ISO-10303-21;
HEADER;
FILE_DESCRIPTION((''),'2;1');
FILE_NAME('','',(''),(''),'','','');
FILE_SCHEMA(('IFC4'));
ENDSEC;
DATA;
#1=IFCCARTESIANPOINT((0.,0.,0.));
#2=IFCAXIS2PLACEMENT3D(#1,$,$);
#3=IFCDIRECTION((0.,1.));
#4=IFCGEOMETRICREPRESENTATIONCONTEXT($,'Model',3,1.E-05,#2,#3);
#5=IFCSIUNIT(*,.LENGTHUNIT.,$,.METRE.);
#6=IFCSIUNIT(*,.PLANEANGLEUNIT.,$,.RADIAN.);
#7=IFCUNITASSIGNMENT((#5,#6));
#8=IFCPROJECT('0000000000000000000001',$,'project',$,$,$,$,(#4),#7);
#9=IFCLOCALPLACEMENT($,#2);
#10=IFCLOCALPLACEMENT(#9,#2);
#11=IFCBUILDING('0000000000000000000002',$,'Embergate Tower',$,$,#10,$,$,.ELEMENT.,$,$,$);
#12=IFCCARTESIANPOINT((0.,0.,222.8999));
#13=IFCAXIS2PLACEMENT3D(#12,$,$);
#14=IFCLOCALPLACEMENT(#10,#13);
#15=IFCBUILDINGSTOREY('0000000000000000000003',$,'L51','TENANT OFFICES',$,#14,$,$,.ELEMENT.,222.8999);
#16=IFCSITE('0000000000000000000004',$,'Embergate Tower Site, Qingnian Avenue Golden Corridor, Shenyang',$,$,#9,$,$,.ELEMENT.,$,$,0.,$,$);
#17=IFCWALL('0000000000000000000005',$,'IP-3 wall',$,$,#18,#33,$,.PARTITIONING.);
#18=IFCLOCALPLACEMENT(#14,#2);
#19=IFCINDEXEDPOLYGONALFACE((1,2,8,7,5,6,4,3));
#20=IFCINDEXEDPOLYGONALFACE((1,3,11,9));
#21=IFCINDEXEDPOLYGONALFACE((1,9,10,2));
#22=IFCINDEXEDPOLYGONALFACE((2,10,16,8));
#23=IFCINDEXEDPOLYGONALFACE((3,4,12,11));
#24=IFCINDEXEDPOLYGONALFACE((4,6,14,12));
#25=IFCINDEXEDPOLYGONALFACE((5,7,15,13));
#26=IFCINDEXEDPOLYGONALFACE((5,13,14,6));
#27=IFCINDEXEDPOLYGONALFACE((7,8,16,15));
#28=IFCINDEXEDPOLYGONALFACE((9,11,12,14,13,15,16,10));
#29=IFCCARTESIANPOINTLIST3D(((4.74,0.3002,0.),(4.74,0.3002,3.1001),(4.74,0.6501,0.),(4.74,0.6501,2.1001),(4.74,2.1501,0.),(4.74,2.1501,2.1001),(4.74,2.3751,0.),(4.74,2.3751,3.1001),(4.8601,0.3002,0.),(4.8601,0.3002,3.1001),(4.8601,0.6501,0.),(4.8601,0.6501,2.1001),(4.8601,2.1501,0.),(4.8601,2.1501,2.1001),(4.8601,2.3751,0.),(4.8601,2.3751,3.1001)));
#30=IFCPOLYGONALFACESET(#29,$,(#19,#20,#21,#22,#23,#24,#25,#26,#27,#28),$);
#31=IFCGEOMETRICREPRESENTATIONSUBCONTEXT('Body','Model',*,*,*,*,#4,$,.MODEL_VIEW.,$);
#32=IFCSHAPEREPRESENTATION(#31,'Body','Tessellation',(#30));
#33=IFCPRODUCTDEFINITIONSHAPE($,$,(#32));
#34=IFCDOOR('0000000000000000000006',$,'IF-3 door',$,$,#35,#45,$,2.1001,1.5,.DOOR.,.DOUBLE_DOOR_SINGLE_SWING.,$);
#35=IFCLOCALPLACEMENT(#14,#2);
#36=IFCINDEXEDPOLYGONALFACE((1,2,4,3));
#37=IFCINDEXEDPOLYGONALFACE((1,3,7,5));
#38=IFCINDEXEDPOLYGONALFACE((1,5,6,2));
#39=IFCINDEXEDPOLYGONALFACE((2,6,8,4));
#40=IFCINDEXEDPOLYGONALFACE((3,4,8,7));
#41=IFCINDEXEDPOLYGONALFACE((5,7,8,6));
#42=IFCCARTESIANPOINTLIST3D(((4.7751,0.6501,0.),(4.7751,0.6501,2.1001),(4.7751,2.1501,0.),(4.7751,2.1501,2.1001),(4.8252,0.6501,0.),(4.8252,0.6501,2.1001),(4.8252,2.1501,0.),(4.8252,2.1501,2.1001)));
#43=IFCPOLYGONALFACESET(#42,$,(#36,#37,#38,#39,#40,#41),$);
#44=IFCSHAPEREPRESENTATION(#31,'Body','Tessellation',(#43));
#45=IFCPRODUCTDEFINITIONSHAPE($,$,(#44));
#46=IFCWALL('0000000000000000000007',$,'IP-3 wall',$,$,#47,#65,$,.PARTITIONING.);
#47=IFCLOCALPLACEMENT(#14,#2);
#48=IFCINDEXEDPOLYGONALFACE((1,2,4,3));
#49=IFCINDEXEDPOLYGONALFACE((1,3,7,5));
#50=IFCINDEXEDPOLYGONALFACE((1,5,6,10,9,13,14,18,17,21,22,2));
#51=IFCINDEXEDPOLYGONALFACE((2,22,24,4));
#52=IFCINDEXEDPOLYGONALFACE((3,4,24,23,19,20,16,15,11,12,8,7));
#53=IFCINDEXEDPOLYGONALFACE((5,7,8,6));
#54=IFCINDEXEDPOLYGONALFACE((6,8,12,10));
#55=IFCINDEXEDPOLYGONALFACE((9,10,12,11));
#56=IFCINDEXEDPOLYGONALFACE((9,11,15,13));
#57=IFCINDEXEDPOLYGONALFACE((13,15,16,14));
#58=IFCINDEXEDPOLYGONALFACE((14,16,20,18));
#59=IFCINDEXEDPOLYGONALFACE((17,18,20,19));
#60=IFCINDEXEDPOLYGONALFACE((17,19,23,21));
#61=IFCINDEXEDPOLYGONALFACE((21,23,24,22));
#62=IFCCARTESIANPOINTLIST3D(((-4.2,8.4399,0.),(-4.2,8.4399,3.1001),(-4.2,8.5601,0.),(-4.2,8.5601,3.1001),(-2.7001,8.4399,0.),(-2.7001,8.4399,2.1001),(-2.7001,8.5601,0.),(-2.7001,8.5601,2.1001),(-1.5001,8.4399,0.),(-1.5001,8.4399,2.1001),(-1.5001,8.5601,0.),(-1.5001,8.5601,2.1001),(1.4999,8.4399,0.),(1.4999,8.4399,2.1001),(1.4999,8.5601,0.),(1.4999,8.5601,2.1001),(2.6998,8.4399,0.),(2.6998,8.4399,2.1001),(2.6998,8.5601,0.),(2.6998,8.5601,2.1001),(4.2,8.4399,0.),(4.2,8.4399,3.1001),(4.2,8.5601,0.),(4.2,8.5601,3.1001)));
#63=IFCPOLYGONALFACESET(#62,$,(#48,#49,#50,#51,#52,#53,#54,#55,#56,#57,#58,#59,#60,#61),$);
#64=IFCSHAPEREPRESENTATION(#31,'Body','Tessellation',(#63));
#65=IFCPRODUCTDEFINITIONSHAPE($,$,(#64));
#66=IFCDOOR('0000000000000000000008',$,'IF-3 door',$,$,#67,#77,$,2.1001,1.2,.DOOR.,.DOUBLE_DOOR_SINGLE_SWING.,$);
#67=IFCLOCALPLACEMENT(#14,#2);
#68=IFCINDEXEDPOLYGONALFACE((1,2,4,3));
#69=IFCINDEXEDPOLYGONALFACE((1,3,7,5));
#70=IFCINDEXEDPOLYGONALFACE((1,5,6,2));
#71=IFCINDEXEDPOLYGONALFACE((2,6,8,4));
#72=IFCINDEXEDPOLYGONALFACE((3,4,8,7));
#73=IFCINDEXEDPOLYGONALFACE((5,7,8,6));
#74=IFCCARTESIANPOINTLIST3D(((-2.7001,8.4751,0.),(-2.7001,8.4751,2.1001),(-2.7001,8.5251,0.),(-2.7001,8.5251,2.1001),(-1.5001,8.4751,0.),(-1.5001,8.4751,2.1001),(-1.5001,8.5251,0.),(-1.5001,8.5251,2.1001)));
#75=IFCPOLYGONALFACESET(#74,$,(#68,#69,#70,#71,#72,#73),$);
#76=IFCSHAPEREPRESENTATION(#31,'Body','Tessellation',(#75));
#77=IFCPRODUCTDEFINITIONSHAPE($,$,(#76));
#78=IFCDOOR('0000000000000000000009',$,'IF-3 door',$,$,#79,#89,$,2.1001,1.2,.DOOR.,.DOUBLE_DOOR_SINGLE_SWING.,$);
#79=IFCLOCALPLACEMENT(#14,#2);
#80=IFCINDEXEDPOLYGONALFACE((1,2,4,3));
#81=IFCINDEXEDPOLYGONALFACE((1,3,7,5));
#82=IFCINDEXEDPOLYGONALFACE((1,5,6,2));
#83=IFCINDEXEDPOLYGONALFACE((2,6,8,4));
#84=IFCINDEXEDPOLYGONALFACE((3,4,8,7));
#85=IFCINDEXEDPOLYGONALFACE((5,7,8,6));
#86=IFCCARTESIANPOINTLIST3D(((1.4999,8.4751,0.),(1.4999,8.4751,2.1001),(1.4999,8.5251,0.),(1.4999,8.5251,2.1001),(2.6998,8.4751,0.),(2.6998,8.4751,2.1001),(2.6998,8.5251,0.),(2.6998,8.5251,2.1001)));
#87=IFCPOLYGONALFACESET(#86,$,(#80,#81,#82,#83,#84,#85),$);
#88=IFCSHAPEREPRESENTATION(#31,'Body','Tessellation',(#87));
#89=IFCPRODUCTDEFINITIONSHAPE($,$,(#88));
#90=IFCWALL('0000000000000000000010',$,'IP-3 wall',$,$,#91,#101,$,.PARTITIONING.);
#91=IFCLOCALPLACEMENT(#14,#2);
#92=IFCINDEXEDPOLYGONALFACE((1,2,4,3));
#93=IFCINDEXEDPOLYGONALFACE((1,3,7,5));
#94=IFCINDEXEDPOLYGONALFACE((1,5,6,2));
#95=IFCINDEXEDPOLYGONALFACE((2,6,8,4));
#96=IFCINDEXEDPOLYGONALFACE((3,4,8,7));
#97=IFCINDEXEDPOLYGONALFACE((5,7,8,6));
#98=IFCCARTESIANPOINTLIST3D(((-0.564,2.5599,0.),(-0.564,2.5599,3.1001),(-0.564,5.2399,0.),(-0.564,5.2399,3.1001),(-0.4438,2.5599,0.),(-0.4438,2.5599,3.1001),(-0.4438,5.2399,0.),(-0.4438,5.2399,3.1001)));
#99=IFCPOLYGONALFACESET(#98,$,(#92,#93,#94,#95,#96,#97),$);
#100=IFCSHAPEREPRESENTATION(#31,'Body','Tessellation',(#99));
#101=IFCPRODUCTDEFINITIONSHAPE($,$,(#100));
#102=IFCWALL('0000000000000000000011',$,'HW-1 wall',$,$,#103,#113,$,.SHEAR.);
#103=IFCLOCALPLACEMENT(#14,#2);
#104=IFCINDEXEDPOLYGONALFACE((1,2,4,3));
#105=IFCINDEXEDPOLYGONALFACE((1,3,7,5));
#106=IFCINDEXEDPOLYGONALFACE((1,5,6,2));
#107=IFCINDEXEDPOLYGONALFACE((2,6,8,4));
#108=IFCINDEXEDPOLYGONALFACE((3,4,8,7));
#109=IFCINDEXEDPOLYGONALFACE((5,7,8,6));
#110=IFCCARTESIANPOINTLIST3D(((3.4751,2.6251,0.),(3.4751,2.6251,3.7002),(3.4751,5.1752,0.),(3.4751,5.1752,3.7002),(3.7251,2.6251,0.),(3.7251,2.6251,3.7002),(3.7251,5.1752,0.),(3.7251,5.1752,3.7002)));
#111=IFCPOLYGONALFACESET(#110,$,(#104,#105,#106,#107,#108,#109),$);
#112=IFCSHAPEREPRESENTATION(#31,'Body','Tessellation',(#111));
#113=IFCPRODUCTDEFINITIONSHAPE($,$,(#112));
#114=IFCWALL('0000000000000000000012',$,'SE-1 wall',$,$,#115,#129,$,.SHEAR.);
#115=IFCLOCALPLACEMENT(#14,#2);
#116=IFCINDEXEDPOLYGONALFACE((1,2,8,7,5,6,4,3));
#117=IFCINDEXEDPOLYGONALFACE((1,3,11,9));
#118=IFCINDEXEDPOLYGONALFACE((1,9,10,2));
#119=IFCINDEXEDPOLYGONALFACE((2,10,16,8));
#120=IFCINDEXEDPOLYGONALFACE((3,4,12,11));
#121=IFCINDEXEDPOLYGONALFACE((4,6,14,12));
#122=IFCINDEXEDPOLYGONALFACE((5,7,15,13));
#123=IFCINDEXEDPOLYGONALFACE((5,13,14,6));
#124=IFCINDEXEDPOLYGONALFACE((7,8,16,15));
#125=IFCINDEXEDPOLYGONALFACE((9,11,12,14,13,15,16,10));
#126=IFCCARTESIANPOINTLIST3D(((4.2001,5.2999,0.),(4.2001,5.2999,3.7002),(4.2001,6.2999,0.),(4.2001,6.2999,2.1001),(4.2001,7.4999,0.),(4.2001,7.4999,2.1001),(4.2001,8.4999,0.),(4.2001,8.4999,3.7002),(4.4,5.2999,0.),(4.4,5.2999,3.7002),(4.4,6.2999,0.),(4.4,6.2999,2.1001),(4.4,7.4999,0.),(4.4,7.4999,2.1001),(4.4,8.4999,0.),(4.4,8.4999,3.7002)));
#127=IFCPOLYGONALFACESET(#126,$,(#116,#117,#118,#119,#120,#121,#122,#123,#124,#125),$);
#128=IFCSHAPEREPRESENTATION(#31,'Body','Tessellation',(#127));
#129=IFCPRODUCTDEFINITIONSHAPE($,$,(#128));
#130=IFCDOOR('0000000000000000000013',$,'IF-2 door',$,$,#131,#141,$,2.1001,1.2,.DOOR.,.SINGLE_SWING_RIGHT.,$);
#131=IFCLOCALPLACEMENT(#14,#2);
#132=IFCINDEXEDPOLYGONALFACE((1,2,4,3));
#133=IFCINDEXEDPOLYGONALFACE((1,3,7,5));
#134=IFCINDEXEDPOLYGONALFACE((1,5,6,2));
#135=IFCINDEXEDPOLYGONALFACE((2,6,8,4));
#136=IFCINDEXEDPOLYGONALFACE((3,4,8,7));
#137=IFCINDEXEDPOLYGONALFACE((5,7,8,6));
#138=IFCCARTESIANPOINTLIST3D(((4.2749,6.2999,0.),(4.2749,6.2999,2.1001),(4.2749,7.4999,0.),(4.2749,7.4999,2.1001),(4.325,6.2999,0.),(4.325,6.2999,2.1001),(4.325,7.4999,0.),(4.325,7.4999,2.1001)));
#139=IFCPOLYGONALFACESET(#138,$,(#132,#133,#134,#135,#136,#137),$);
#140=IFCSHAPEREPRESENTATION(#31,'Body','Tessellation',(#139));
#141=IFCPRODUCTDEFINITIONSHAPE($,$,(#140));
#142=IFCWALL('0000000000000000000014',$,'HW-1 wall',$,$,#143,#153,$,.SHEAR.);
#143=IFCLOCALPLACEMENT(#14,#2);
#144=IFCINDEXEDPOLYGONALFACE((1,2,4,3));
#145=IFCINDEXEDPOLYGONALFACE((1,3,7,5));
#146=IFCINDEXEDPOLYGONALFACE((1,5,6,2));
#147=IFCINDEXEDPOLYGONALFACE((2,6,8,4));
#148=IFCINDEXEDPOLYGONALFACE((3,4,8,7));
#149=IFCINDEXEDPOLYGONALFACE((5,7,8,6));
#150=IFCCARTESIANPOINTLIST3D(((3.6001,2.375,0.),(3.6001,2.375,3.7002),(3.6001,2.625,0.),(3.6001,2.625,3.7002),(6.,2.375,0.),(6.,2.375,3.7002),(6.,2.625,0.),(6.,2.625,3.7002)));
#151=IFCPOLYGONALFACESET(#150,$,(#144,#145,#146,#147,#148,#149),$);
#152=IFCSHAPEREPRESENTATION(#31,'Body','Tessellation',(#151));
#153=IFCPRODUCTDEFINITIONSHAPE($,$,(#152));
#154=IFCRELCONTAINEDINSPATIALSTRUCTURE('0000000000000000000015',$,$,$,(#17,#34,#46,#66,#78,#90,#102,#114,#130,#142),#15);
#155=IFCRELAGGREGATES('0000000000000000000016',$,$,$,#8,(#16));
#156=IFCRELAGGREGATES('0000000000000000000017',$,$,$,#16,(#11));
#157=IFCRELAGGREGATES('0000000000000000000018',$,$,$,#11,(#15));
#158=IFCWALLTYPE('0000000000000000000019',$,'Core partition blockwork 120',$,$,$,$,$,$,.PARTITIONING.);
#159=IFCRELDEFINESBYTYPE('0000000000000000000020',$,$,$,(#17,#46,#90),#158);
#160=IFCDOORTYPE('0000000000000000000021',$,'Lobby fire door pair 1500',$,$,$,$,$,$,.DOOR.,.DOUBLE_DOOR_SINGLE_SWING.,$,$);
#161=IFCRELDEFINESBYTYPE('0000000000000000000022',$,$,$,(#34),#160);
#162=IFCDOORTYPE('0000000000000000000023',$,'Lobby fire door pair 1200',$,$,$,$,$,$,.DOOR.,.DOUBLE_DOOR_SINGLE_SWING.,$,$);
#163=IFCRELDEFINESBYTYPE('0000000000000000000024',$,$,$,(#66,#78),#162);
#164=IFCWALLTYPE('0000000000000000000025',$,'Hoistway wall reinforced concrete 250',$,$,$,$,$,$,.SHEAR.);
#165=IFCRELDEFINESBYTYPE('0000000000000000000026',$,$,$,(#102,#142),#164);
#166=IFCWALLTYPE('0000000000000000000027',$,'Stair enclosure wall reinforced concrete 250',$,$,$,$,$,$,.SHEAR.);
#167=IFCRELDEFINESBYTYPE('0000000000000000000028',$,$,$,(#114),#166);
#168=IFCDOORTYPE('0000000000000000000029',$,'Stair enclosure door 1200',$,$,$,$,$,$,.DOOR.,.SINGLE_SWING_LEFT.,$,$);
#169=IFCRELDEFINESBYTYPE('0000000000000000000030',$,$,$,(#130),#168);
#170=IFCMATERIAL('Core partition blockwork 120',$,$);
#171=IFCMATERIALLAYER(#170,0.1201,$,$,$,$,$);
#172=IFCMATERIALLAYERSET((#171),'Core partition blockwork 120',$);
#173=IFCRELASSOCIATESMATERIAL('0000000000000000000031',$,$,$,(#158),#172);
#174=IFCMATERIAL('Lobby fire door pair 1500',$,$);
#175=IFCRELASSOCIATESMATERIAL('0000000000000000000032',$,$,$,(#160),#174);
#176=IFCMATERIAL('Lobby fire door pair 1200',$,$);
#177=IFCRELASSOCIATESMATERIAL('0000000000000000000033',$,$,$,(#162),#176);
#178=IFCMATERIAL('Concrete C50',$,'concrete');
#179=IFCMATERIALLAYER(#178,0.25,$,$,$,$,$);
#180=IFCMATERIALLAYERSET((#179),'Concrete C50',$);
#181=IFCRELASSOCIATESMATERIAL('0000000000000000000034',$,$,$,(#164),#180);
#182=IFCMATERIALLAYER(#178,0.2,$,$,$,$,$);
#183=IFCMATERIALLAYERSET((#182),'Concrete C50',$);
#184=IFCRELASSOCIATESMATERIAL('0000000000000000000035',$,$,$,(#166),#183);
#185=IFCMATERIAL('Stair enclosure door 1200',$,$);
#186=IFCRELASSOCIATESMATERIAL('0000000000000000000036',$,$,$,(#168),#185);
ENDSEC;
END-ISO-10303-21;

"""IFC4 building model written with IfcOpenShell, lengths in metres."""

from ifc_helpers import new_model, si_unit, direction, frame, frame_2d, origin, place, context, subcontext, project, spatial, rectangle, extrude, source, transform, mapped, material, layer, layer_set, type_object, element, fill, save


model = new_model("IFC4")

# Units and contexts
model_context = context("Model", 3, precision=1e-05, world=origin(), true_north=direction((0.0, 1.0)))
body_context = subcontext(model_context, "Body", "Model", "MODEL_VIEW")
ifc_project = project(units=[si_unit("LENGTHUNIT", "METRE"), si_unit("PLANEANGLEUNIT", "RADIAN")], contexts=[model_context])

# Site, building, storey
site_placement = place(None, origin())
site = spatial("IfcSite", under=ifc_project, at=site_placement, Name="Embergate Tower Site, Qingnian Avenue Golden Corridor, Shenyang", CompositionType="ELEMENT", RefElevation=0.0)
building_placement = place(site_placement, origin())
building = spatial("IfcBuilding", under=site, at=building_placement, Name="Embergate Tower", CompositionType="ELEMENT")
storey_placement = place(building_placement, frame((0.0, 0.0, 222.8999)))
storey = spatial("IfcBuildingStorey", under=building, at=storey_placement, Name="L51", Description="TENANT OFFICES", CompositionType="ELEMENT", Elevation=222.8999)

# Wall, opening, door
ifc_material_1 = material(Name="Core partition blockwork 120")
ifc_layer_1 = layer(ifc_material_1, 0.1201)
ifc_layer_set_1 = layer_set([ifc_layer_1], Name="Core partition blockwork 120")
wall_type_1 = type_object("IfcWallType", Name="Core partition blockwork 120", PredefinedType="PARTITIONING", material=ifc_layer_set_1)
shared_shape_1 = source(origin(), body_context, "Body", "SweptSolid", [
    extrude(rectangle(XDim=2.075, YDim=0.1201, at=frame_2d((1.0376, 0.0))), origin(), (0.0, 0.0, 1.0), 3.1001),
])
wall_1_placement = place(storey_placement, frame((4.8, 0.3, 0.0), z_axis=(0.0, 0.0, 1.0), x_axis=(0.0, 1.0, 0.0)))
wall_1 = element("IfcWall", 1, at=wall_1_placement, inside=storey, type_object=wall_type_1, Name="IP-3 wall", PredefinedType="PARTITIONING", context=body_context, shape_type="MappedRepresentation", body=[
    mapped(shared_shape_1, transform((0.0, 0.0, 0.0))),
])
shared_shape_2 = source(origin(), body_context, "Body", "SweptSolid", [
    extrude(rectangle(XDim=1.5, YDim=2.1001, at=frame_2d((0.75, 1.05))), frame((0.0, 0.0701, 0.0), z_axis=(0.0, -1.0, 0.0), x_axis=(1.0, 0.0, 0.0)), (0.0, 0.0, 1.0), 0.1401),
])
opening_1_placement = place(wall_1_placement, frame((0.3501, 0.0, 0.0)))
opening_1 = element("IfcOpeningElement", 2, at=opening_1_placement, cuts=wall_1, PredefinedType="OPENING", context=body_context, shape_type="MappedRepresentation", body=[
    mapped(shared_shape_2, transform((0.0, 0.0, 0.0))),
])
ifc_material_2 = material(Name="Lobby fire door pair 1500")
door_type_1 = type_object("IfcDoorType", Name="Lobby fire door pair 1500", OperationType="DOUBLE_DOOR_SINGLE_SWING", PredefinedType="DOOR", material=ifc_material_2)
shared_shape_3 = source(origin(), body_context, "Body", "SweptSolid", [
    extrude(rectangle(XDim=1.5, YDim=2.1001, at=frame_2d((0.75, 1.05))), frame((0.0, 0.0249, 0.0), z_axis=(0.0, -1.0, 0.0), x_axis=(1.0, 0.0, 0.0)), (0.0, 0.0, 1.0), 0.05),
])
door_1_placement = place(opening_1_placement, origin())
door_1 = element("IfcDoor", 3, at=door_1_placement, inside=storey, type_object=door_type_1, Name="IF-3 door", OperationType="DOUBLE_DOOR_SINGLE_SWING", OverallHeight=2.1001, OverallWidth=1.5, PredefinedType="DOOR", context=body_context, shape_type="MappedRepresentation", body=[
    mapped(shared_shape_3, transform((0.0, 0.0, 0.0))),
])
fill(opening_1, door_1)

# Wall, openings, doors
shared_shape_4 = source(origin(), body_context, "Body", "SweptSolid", [
    extrude(rectangle(XDim=8.3999, YDim=0.1201, at=frame_2d((4.2, 0.0))), origin(), (0.0, 0.0, 1.0), 3.1001),
])
wall_2_placement = place(storey_placement, frame((4.2, 8.5, 0.0), z_axis=(0.0, 0.0, 1.0), x_axis=(-1.0, 0.0, 0.0)))
wall_2 = element("IfcWall", 4, at=wall_2_placement, inside=storey, type_object=wall_type_1, Name="IP-3 wall", PredefinedType="PARTITIONING", context=body_context, shape_type="MappedRepresentation", body=[
    mapped(shared_shape_4, transform((0.0, 0.0, 0.0))),
])
shared_shape_5 = source(origin(), body_context, "Body", "SweptSolid", [
    extrude(rectangle(XDim=1.2, YDim=2.1001, at=frame_2d((0.6001, 1.05))), frame((0.0, 0.0701, 0.0), z_axis=(0.0, -1.0, 0.0), x_axis=(1.0, 0.0, 0.0)), (0.0, 0.0, 1.0), 0.1401),
])
opening_2_placement = place(wall_2_placement, frame((5.7, 0.0, 0.0)))
opening_2 = element("IfcOpeningElement", 5, at=opening_2_placement, cuts=wall_2, PredefinedType="OPENING", context=body_context, shape_type="MappedRepresentation", body=[
    mapped(shared_shape_5, transform((0.0, 0.0, 0.0))),
])
opening_3_placement = place(wall_2_placement, frame((1.5, 0.0, 0.0)))
opening_3 = element("IfcOpeningElement", 6, at=opening_3_placement, cuts=wall_2, PredefinedType="OPENING", context=body_context, shape_type="MappedRepresentation", body=[
    mapped(shared_shape_5, transform((0.0, 0.0, 0.0))),
])
ifc_material_3 = material(Name="Lobby fire door pair 1200")
door_type_2 = type_object("IfcDoorType", Name="Lobby fire door pair 1200", OperationType="DOUBLE_DOOR_SINGLE_SWING", PredefinedType="DOOR", material=ifc_material_3)
shared_shape_6 = source(origin(), body_context, "Body", "SweptSolid", [
    extrude(rectangle(XDim=1.2, YDim=2.1001, at=frame_2d((0.6001, 1.05))), frame((0.0, 0.0249, 0.0), z_axis=(0.0, -1.0, 0.0), x_axis=(1.0, 0.0, 0.0)), (0.0, 0.0, 1.0), 0.05),
])
door_2_placement = place(opening_2_placement, origin())
door_2 = element("IfcDoor", 7, at=door_2_placement, inside=storey, type_object=door_type_2, Name="IF-3 door", OperationType="DOUBLE_DOOR_SINGLE_SWING", OverallHeight=2.1001, OverallWidth=1.2, PredefinedType="DOOR", context=body_context, shape_type="MappedRepresentation", body=[
    mapped(shared_shape_6, transform((0.0, 0.0, 0.0))),
])
fill(opening_2, door_2)
door_3_placement = place(opening_3_placement, origin())
door_3 = element("IfcDoor", 8, at=door_3_placement, inside=storey, type_object=door_type_2, Name="IF-3 door", OperationType="DOUBLE_DOOR_SINGLE_SWING", OverallHeight=2.1001, OverallWidth=1.2, PredefinedType="DOOR", context=body_context, shape_type="MappedRepresentation", body=[
    mapped(shared_shape_6, transform((0.0, 0.0, 0.0))),
])
fill(opening_3, door_3)

# Walls
shared_shape_7 = source(origin(), body_context, "Body", "SweptSolid", [
    extrude(rectangle(XDim=2.6799, YDim=0.1201, at=frame_2d((1.3398, 0.0))), origin(), (0.0, 0.0, 1.0), 3.1001),
])
wall_3_placement = place(storey_placement, frame((-0.5039, 2.5601, 0.0), z_axis=(0.0, 0.0, 1.0), x_axis=(0.0, 1.0, 0.0)))
element("IfcWall", 9, at=wall_3_placement, inside=storey, type_object=wall_type_1, Name="IP-3 wall", PredefinedType="PARTITIONING", context=body_context, shape_type="MappedRepresentation", body=[
    mapped(shared_shape_7, transform((0.0, 0.0, 0.0))),
])
ifc_material_4 = material(Name="Concrete C50", Category="concrete")
ifc_layer_2 = layer(ifc_material_4, 0.25)
ifc_layer_set_2 = layer_set([ifc_layer_2], Name="Concrete C50")
wall_type_2 = type_object("IfcWallType", Name="Hoistway wall reinforced concrete 250", PredefinedType="SHEAR", material=ifc_layer_set_2)
shared_shape_8 = source(origin(), body_context, "Body", "SweptSolid", [
    extrude(rectangle(XDim=2.55, YDim=0.25, at=frame_2d((1.2749, 0.0))), origin(), (0.0, 0.0, 1.0), 3.7002),
])
wall_4_placement = place(storey_placement, frame((3.6001, 5.175, 0.0), z_axis=(0.0, 0.0, 1.0), x_axis=(0.0, -1.0, 0.0)))
element("IfcWall", 10, at=wall_4_placement, inside=storey, type_object=wall_type_2, Name="HW-1 wall", PredefinedType="SHEAR", context=body_context, shape_type="MappedRepresentation", body=[
    mapped(shared_shape_8, transform((0.0, 0.0, 0.0))),
])

# Wall, opening, door
ifc_layer_3 = layer(ifc_material_4, 0.2)
ifc_layer_set_3 = layer_set([ifc_layer_3], Name="Concrete C50")
wall_type_3 = type_object("IfcWallType", Name="Stair enclosure wall reinforced concrete 250", PredefinedType="SHEAR", material=ifc_layer_set_3)
shared_shape_9 = source(origin(), body_context, "Body", "SweptSolid", [
    extrude(rectangle(XDim=3.2, YDim=0.2, at=frame_2d((1.6001, 0.0))), origin(), (0.0, 0.0, 1.0), 3.7002),
])
wall_5_placement = place(storey_placement, frame((4.3, 8.5, 0.0), z_axis=(0.0, 0.0, 1.0), x_axis=(0.0, -1.0, 0.0)))
wall_5 = element("IfcWall", 11, at=wall_5_placement, inside=storey, type_object=wall_type_3, Name="SE-1 wall", PredefinedType="SHEAR", context=body_context, shape_type="MappedRepresentation", body=[
    mapped(shared_shape_9, transform((0.0, 0.0, 0.0))),
])
shared_shape_10 = source(origin(), body_context, "Body", "SweptSolid", [
    extrude(rectangle(XDim=1.2, YDim=2.1001, at=frame_2d((0.6001, 1.05))), frame((0.0, 0.1099, 0.0), z_axis=(0.0, -1.0, 0.0), x_axis=(1.0, 0.0, 0.0)), (0.0, 0.0, 1.0), 0.22),
])
opening_4_placement = place(wall_5_placement, frame((1.0, 0.0, 0.0)))
opening_4 = element("IfcOpeningElement", 12, at=opening_4_placement, cuts=wall_5, PredefinedType="OPENING", context=body_context, shape_type="MappedRepresentation", body=[
    mapped(shared_shape_10, transform((0.0, 0.0, 0.0))),
])
ifc_material_5 = material(Name="Stair enclosure door 1200")
door_type_3 = type_object("IfcDoorType", Name="Stair enclosure door 1200", OperationType="SINGLE_SWING_LEFT", PredefinedType="DOOR", material=ifc_material_5)
door_4_placement = place(opening_4_placement, origin())
door_4 = element("IfcDoor", 13, at=door_4_placement, inside=storey, type_object=door_type_3, Name="IF-2 door", OperationType="SINGLE_SWING_RIGHT", OverallHeight=2.1001, OverallWidth=1.2, PredefinedType="DOOR", context=body_context, shape_type="MappedRepresentation", body=[
    mapped(shared_shape_6, transform((0.0, 0.0, 0.0))),
])
fill(opening_4, door_4)

# Wall
shared_shape_11 = source(origin(), body_context, "Body", "SweptSolid", [
    extrude(rectangle(XDim=2.3999, YDim=0.25, at=frame_2d((1.2, 0.0))), origin(), (0.0, 0.0, 1.0), 3.7002),
])
wall_6_placement = place(storey_placement, frame((3.6001, 2.5, 0.0), z_axis=(0.0, 0.0, 1.0), x_axis=(1.0, 0.0, 0.0)))
element("IfcWall", 14, at=wall_6_placement, inside=storey, type_object=wall_type_2, Name="HW-1 wall", PredefinedType="SHEAR", context=body_context, shape_type="MappedRepresentation", body=[
    mapped(shared_shape_11, transform((0.0, 0.0, 0.0))),
])

save(model, "model.ifc")
